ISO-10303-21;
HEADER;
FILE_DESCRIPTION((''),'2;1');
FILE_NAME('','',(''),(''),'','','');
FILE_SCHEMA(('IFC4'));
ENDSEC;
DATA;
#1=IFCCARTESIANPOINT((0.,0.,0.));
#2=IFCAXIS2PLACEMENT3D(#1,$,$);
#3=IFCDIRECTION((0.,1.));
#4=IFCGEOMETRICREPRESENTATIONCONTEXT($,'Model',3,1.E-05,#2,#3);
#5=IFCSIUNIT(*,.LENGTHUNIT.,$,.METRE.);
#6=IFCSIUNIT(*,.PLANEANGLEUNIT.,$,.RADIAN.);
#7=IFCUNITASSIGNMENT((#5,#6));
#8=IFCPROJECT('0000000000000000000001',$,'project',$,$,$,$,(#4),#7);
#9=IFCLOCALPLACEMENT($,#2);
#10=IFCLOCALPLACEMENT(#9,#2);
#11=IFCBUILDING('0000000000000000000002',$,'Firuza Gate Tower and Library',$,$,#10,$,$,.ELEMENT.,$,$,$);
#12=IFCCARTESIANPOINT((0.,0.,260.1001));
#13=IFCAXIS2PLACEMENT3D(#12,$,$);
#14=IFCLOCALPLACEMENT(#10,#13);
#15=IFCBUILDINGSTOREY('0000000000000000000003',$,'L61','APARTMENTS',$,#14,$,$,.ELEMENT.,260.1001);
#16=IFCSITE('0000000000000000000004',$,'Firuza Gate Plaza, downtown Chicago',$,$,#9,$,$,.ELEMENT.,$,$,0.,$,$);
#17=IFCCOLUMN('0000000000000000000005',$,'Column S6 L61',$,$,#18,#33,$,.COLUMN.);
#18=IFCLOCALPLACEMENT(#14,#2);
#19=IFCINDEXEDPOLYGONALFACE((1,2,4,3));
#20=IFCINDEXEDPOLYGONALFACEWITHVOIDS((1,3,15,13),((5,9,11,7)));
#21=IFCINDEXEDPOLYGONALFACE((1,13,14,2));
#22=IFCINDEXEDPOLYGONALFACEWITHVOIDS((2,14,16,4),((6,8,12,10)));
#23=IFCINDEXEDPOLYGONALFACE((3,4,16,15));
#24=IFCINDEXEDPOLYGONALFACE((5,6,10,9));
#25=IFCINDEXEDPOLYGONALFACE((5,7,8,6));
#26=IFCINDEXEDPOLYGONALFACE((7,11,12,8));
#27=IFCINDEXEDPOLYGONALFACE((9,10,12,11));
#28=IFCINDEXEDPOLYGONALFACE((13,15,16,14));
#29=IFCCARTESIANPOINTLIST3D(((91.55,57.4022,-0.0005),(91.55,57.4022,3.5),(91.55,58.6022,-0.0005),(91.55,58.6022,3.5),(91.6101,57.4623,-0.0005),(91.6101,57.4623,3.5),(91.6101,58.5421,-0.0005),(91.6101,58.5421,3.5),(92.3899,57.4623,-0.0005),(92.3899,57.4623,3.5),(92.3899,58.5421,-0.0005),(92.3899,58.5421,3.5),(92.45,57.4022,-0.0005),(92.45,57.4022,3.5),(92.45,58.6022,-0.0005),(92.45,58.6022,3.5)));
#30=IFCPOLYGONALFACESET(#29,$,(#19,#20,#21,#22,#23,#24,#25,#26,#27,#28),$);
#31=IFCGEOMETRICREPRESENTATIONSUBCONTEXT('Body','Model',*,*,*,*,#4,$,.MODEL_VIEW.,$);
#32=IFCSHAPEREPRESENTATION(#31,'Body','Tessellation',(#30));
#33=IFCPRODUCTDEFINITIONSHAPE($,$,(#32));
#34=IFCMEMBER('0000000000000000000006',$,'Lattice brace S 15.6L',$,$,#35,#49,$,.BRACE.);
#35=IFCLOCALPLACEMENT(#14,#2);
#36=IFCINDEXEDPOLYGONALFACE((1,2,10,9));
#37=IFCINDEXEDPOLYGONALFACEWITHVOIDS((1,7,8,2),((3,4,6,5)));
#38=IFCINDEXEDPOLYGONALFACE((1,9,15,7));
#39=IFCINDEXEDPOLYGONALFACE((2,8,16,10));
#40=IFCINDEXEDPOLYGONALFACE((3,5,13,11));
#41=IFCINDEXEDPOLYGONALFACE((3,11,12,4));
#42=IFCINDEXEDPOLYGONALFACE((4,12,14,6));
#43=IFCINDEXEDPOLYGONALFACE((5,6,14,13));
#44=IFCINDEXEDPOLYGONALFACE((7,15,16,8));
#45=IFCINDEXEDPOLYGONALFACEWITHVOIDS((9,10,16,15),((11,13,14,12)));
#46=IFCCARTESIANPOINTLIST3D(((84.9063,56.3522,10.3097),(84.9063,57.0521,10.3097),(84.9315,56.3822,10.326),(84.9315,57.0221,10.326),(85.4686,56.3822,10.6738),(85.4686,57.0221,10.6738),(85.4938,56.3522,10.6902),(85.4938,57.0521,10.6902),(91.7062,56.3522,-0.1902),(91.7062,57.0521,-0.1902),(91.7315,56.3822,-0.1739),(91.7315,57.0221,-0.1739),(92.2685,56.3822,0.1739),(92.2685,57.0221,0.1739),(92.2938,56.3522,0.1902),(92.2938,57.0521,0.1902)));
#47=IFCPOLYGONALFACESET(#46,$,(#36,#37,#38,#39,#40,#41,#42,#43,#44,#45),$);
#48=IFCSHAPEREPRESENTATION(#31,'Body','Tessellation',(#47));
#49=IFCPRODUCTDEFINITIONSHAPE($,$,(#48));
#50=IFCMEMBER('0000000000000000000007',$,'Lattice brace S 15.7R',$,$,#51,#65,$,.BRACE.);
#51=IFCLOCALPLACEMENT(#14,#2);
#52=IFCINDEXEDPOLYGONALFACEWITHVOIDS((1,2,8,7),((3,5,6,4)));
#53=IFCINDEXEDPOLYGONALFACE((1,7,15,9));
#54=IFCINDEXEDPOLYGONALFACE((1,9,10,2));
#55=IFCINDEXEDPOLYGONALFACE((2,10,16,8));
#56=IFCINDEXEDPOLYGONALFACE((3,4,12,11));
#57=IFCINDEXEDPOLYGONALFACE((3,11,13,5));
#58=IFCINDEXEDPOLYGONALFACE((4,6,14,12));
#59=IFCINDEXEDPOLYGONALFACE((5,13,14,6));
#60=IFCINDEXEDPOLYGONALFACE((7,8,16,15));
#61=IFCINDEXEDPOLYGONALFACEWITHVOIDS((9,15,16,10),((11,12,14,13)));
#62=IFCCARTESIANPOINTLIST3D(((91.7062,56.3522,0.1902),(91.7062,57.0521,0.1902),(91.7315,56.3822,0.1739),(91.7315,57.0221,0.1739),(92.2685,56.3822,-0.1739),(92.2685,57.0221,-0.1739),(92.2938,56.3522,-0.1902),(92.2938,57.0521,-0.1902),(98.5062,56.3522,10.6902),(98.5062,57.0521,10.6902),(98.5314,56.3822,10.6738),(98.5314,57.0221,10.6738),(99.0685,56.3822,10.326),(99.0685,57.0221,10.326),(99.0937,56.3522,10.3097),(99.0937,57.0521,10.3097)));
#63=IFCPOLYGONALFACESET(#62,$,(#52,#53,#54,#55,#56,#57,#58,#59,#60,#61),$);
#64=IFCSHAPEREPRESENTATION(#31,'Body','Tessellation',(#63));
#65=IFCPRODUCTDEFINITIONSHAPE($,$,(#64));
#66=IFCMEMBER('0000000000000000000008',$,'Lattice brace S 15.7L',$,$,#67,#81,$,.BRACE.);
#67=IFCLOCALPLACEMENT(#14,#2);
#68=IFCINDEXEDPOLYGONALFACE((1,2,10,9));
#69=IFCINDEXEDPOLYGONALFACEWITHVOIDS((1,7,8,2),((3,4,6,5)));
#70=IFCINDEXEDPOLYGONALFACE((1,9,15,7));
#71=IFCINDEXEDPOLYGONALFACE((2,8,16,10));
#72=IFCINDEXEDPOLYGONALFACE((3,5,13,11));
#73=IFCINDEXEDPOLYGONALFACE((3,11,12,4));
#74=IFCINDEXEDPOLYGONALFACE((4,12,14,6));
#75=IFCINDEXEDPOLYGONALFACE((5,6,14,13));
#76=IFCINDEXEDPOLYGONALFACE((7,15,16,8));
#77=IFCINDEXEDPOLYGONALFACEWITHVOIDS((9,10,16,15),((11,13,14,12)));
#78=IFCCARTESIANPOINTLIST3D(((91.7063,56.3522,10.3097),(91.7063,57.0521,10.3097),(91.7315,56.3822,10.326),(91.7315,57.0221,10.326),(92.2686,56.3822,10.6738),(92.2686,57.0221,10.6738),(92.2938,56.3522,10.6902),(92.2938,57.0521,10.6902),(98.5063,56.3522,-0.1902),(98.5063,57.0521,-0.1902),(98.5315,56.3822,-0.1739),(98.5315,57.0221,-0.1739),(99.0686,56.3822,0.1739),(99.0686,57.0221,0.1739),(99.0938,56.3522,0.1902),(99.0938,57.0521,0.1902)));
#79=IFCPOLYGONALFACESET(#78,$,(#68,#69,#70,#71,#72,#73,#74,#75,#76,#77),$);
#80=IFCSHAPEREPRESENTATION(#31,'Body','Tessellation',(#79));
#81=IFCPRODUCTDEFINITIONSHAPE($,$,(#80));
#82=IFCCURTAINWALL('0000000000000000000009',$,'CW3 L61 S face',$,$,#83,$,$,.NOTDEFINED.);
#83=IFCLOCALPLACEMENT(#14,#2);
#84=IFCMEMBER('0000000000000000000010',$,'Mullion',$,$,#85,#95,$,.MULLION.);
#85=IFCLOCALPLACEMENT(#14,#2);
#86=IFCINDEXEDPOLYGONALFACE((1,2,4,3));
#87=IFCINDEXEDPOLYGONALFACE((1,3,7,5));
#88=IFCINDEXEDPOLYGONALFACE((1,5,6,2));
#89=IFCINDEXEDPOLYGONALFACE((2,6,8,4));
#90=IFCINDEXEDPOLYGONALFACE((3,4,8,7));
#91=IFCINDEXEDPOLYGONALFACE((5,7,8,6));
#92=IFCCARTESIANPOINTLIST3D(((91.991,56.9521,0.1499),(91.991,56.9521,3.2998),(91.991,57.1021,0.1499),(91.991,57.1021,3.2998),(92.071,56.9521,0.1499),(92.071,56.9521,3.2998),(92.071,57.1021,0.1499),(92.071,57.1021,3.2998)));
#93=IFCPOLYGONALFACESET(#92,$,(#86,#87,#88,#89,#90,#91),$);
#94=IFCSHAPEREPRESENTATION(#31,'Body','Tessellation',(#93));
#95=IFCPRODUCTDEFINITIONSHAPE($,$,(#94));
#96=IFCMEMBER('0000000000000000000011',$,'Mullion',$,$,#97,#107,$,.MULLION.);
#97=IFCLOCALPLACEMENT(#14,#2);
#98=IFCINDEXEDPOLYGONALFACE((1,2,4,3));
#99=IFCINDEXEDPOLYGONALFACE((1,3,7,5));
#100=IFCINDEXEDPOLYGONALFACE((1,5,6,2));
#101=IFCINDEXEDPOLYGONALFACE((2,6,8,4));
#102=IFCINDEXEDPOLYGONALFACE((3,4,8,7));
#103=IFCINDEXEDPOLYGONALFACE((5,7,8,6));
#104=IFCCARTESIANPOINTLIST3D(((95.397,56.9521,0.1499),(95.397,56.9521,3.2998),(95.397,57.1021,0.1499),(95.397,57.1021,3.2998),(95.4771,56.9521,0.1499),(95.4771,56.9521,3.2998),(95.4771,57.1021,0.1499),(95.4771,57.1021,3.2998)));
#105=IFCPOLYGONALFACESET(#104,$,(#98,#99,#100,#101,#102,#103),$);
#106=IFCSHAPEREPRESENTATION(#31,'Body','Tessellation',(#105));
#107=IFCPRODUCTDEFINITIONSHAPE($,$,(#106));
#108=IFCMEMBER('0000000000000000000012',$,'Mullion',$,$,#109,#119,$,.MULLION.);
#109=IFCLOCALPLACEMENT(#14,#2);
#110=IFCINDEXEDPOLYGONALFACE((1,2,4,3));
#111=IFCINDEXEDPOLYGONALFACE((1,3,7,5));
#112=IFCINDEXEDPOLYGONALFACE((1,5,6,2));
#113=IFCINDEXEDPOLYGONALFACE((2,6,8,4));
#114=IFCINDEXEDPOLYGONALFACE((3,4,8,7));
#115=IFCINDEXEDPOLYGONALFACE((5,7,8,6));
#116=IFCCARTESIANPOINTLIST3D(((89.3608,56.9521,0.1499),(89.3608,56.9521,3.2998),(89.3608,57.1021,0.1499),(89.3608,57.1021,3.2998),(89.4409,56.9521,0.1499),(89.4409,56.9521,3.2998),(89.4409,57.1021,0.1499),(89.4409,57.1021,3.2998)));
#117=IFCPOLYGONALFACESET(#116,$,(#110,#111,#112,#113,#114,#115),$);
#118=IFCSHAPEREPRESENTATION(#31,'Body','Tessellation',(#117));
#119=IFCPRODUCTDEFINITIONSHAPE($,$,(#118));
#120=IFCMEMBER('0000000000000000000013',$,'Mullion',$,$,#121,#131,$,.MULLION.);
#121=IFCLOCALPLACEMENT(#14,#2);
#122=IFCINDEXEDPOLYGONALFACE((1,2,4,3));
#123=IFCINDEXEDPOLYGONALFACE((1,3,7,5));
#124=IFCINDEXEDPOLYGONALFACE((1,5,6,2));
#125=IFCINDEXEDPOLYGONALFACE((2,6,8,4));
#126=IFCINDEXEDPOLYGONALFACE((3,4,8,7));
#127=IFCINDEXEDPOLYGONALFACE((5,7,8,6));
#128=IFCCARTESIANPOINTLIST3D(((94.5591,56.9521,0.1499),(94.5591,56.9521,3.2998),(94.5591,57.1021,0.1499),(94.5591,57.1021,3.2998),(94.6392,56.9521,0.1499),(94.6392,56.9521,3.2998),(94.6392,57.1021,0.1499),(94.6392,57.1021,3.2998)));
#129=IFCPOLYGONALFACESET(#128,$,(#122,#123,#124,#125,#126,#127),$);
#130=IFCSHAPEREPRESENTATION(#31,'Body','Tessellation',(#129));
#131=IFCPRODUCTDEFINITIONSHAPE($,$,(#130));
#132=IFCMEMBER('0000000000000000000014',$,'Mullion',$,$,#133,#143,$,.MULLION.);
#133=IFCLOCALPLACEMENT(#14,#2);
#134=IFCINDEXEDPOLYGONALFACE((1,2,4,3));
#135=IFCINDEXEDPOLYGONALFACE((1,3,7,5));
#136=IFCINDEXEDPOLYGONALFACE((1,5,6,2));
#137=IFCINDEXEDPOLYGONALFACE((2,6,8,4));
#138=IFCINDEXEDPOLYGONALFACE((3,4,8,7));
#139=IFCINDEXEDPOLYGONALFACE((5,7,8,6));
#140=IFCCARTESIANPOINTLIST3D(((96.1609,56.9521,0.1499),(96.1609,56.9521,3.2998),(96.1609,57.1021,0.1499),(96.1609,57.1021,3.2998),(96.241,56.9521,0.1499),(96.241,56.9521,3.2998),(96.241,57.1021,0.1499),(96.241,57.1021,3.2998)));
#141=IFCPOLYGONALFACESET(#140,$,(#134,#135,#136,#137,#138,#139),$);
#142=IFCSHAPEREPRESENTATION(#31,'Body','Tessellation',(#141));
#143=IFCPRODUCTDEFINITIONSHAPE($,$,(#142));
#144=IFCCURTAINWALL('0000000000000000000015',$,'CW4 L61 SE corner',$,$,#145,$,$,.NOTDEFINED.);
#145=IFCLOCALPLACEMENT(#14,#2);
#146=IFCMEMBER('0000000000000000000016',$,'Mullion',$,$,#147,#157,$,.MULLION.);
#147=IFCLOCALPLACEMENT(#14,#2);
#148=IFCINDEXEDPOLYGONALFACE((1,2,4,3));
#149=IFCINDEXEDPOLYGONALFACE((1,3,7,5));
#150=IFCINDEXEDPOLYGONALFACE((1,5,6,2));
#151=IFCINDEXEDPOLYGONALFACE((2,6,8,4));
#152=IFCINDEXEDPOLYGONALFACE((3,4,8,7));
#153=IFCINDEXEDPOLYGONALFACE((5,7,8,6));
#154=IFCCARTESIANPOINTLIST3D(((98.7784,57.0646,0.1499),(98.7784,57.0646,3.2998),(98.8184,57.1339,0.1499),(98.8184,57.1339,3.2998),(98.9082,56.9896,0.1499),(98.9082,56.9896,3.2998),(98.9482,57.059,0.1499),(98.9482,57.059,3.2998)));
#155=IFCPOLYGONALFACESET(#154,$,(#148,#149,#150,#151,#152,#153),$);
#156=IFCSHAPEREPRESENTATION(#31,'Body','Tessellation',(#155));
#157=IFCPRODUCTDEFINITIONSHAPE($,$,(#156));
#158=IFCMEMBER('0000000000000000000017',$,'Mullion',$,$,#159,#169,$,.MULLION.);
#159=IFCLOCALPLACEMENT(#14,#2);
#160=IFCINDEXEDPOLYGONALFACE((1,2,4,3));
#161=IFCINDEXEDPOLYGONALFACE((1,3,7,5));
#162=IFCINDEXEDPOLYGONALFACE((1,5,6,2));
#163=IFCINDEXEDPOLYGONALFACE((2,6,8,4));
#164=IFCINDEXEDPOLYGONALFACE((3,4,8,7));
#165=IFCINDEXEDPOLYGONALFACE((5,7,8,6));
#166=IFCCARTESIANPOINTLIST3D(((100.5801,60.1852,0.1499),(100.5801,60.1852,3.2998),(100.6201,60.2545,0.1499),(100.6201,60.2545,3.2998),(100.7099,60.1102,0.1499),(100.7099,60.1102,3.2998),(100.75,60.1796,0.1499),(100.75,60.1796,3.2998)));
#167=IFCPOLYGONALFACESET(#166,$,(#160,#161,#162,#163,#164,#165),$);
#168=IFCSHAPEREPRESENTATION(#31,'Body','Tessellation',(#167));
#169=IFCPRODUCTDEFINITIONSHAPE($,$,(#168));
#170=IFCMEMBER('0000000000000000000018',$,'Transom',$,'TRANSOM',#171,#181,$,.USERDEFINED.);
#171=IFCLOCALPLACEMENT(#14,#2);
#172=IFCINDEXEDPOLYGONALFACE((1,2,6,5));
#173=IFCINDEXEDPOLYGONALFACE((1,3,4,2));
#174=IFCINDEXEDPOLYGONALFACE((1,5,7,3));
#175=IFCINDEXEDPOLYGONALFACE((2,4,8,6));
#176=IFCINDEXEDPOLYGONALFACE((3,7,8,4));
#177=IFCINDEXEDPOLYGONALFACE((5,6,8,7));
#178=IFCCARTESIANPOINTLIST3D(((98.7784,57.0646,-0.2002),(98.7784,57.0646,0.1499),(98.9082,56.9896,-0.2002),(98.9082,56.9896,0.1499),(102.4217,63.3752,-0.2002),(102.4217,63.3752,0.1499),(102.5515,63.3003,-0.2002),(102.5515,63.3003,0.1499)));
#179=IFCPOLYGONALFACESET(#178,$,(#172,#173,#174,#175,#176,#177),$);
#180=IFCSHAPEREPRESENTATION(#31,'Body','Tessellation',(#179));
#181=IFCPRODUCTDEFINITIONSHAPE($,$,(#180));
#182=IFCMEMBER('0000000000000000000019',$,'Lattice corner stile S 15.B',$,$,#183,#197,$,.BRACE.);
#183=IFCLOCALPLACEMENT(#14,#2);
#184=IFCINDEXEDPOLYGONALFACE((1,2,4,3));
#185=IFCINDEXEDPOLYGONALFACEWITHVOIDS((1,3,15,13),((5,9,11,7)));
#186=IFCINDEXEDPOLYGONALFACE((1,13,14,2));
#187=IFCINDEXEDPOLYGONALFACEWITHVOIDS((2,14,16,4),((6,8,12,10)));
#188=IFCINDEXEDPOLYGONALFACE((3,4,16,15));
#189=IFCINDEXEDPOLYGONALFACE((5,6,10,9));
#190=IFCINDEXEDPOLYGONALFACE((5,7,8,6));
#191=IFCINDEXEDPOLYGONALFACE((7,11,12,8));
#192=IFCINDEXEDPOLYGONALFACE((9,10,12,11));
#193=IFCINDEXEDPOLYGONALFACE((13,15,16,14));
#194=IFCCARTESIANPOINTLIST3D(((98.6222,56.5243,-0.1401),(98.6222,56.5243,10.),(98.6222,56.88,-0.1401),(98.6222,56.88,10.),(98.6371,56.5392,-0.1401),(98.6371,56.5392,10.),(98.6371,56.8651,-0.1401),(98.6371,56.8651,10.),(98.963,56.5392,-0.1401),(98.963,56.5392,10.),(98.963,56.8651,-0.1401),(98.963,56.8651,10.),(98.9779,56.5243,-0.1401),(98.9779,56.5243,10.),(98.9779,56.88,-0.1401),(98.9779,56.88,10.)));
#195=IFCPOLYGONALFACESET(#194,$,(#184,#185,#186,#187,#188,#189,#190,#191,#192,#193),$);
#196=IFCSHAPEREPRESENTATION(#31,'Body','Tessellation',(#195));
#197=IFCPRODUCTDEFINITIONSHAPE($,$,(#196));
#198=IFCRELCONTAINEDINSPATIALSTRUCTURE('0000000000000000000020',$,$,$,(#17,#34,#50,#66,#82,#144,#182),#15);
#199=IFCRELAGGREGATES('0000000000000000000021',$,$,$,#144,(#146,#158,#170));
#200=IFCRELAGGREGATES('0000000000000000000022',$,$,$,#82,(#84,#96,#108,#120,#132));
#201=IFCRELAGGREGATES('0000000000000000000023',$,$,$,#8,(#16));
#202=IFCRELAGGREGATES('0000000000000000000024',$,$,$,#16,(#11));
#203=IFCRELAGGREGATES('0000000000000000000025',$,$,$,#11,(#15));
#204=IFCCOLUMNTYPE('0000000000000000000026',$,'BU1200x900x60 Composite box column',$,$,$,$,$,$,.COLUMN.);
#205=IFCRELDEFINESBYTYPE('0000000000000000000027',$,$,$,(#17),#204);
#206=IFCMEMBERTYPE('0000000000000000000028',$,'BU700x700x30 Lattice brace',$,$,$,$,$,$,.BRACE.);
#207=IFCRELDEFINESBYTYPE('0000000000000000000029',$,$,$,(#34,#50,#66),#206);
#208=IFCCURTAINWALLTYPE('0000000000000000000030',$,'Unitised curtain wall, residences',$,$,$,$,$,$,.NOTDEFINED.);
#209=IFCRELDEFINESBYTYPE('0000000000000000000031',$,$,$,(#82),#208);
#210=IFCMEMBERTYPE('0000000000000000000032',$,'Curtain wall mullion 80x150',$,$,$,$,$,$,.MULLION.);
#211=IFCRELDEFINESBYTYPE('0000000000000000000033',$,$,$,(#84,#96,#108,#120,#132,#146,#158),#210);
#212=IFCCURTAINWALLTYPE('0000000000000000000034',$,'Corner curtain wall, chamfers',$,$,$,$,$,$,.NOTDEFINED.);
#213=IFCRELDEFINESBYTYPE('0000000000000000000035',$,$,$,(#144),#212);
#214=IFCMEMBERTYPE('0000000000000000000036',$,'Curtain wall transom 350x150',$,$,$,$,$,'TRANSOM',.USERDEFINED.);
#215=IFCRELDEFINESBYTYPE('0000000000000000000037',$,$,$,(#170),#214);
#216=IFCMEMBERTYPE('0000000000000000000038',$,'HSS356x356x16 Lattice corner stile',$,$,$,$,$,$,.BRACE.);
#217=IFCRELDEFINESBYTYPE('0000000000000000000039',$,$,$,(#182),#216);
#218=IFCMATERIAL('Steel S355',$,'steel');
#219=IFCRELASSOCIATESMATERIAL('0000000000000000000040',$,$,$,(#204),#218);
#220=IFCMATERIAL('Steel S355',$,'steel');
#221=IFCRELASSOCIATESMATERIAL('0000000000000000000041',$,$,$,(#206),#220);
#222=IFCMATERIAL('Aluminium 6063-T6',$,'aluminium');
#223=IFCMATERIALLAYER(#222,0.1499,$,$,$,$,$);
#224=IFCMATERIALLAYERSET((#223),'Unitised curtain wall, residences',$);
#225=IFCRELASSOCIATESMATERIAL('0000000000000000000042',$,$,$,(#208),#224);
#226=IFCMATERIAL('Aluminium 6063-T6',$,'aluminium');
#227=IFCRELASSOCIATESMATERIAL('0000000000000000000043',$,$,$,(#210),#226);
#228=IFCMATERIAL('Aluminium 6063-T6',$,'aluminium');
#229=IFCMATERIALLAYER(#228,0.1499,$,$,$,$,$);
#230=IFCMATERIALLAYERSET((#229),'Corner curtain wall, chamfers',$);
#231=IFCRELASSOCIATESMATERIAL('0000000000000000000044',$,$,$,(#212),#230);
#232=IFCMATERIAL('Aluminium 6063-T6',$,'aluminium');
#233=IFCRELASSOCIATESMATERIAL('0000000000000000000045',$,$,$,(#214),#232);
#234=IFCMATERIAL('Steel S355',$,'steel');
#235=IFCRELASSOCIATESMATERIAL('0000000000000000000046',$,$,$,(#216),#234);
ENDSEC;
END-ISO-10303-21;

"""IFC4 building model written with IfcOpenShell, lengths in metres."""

from ifc_helpers import new_model, si_unit, direction, frame, origin, origin_2d, place, context, subcontext, project, spatial, rectangle, hollow_rectangle, extrude, material, layer, layer_set, material_profile, profile_set, type_object, element, aggregate, save


model = new_model("IFC4")

# Units and contexts
model_context = context("Model", 3, precision=1e-05, world=origin(), true_north=direction((0.0, 1.0)))
body_context = subcontext(model_context, "Body", "Model", "MODEL_VIEW")
ifc_project = project(units=[si_unit("LENGTHUNIT", "METRE"), si_unit("PLANEANGLEUNIT", "RADIAN")], contexts=[model_context])

# Site, building, storey
site_placement = place(None, origin())
site = spatial("IfcSite", under=ifc_project, at=site_placement, Name="Firuza Gate Plaza, downtown Chicago", CompositionType="ELEMENT", RefElevation=0.0)
building_placement = place(site_placement, origin())
building = spatial("IfcBuilding", under=site, at=building_placement, Name="Firuza Gate Tower and Library", CompositionType="ELEMENT")
storey_placement = place(building_placement, frame((0.0, 0.0, 260.1001)))
storey = spatial("IfcBuildingStorey", under=building, at=storey_placement, Name="L61", Description="APARTMENTS", CompositionType="ELEMENT", Elevation=260.1001)

# Column
ifc_material_1 = material(Name="Steel S355", Category="steel")
ifc_material_profile_1 = material_profile(ifc_material_1, hollow_rectangle(XDim=0.8999, YDim=1.2, WallThickness=0.0601, at=origin_2d()))
ifc_profile_set_1 = profile_set([ifc_material_profile_1], Name="Steel S355")
column_type = type_object("IfcColumnType", Name="BU1200x900x60 Composite box column", PredefinedType="COLUMN", material=ifc_profile_set_1)
column_placement = place(storey_placement, frame((92.0, 58.0022, -0.0005), z_axis=(0.0, 0.0, 1.0), x_axis=(1.0, 0.0, 0.0)))
element("IfcColumn", 1, at=column_placement, inside=storey, type_object=column_type, Name="Column S6 L61", PredefinedType="COLUMN", context=body_context, shape_type="SweptSolid", body=[
    extrude(hollow_rectangle(XDim=0.8999, YDim=1.2, WallThickness=0.0601, at=origin_2d()), origin(), (0.0, 0.0, 1.0), 3.5005),
])

# Members
ifc_material_2 = material(Name="Steel S355", Category="steel")
ifc_material_profile_2 = material_profile(ifc_material_2, hollow_rectangle(XDim=0.7, YDim=0.7, WallThickness=0.03, at=origin_2d()))
ifc_profile_set_2 = profile_set([ifc_material_profile_2], Name="Steel S355")
member_type_1 = type_object("IfcMemberType", Name="BU700x700x30 Lattice brace", PredefinedType="BRACE", material=ifc_profile_set_2)
for number, where, z_axis, x_axis, name in (
    (2, (92.0, 56.7021, 0.0), (-0.543585, 0.0, 0.839354), (0.0, -1.0, 0.0), "Lattice brace S 15.6L"),
    (3, (92.0, 56.7021, 0.0), (0.543585, 0.0, 0.839354), (0.0, 1.0, 0.0), "Lattice brace S 15.7R"),
    (4, (98.8, 56.7021, 0.0), (-0.543585, 0.0, 0.839354), (0.0, -1.0, 0.0), "Lattice brace S 15.7L"),
):
    element("IfcMember", number, at=place(storey_placement, frame(where, z_axis=z_axis, x_axis=x_axis)), inside=storey, type_object=member_type_1, Name=name, PredefinedType="BRACE", context=body_context, shape_type="SweptSolid", body=[
        extrude(hollow_rectangle(XDim=0.7, YDim=0.7, WallThickness=0.03, at=origin_2d()), origin(), (0.0, 0.0, 1.0), 12.5095),
    ])

# Curtain walls, members
ifc_material_3 = material(Name="Aluminium 6063-T6", Category="aluminium")
ifc_layer_1 = layer(ifc_material_3, 0.1499)
ifc_layer_set_1 = layer_set([ifc_layer_1], Name="Unitised curtain wall, residences")
curtain_wall_type_1 = type_object("IfcCurtainWallType", Name="Unitised curtain wall, residences", PredefinedType="NOTDEFINED", material=ifc_layer_set_1)
placement = place(storey_placement, origin())
curtain_wall_1 = element("IfcCurtainWall", 5, at=placement, inside=storey, type_object=curtain_wall_type_1, Name="CW3 L61 S face", PredefinedType="NOTDEFINED")
ifc_material_4 = material(Name="Aluminium 6063-T6", Category="aluminium")
ifc_material_profile_3 = material_profile(ifc_material_4, rectangle(XDim=0.1499, YDim=0.0801, at=origin_2d()))
ifc_profile_set_3 = profile_set([ifc_material_profile_3], Name="Aluminium 6063-T6")
member_type_2 = type_object("IfcMemberType", Name="Curtain wall mullion 80x150", PredefinedType="MULLION", material=ifc_profile_set_3)
member_1_placement = place(storey_placement, frame((92.031, 57.0271, 0.1499), z_axis=(0.0, 0.0, 1.0), x_axis=(0.0, 1.0, 0.0)))
member_1 = element("IfcMember", 6, at=member_1_placement, type_object=member_type_2, Name="Mullion", PredefinedType="MULLION", context=body_context, shape_type="SweptSolid", body=[
    extrude(rectangle(XDim=0.1499, YDim=0.0801, at=origin_2d()), origin(), (0.0, 0.0, 1.0), 3.1499),
])
member_2_placement = place(storey_placement, frame((95.437, 57.0271, 0.1499), z_axis=(0.0, 0.0, 1.0), x_axis=(0.0, 1.0, 0.0)))
member_2 = element("IfcMember", 7, at=member_2_placement, type_object=member_type_2, Name="Mullion", PredefinedType="MULLION", context=body_context, shape_type="SweptSolid", body=[
    extrude(rectangle(XDim=0.1499, YDim=0.0801, at=origin_2d()), origin(), (0.0, 0.0, 1.0), 3.1499),
])
member_3_placement = place(storey_placement, frame((89.4009, 57.0271, 0.1499), z_axis=(0.0, 0.0, 1.0), x_axis=(0.0, 1.0, 0.0)))
member_3 = element("IfcMember", 8, at=member_3_placement, type_object=member_type_2, Name="Mullion", PredefinedType="MULLION", context=body_context, shape_type="SweptSolid", body=[
    extrude(rectangle(XDim=0.1499, YDim=0.0801, at=origin_2d()), origin(), (0.0, 0.0, 1.0), 3.1499),
])
member_4_placement = place(storey_placement, frame((94.5991, 57.0271, 0.1499), z_axis=(0.0, 0.0, 1.0), x_axis=(0.0, 1.0, 0.0)))
member_4 = element("IfcMember", 9, at=member_4_placement, type_object=member_type_2, Name="Mullion", PredefinedType="MULLION", context=body_context, shape_type="SweptSolid", body=[
    extrude(rectangle(XDim=0.1499, YDim=0.0801, at=origin_2d()), origin(), (0.0, 0.0, 1.0), 3.1499),
])
member_5_placement = place(storey_placement, frame((96.2009, 57.0271, 0.1499), z_axis=(0.0, 0.0, 1.0), x_axis=(0.0, 1.0, 0.0)))
member_5 = element("IfcMember", 10, at=member_5_placement, type_object=member_type_2, Name="Mullion", PredefinedType="MULLION", context=body_context, shape_type="SweptSolid", body=[
    extrude(rectangle(XDim=0.1499, YDim=0.0801, at=origin_2d()), origin(), (0.0, 0.0, 1.0), 3.1499),
])
ifc_material_5 = material(Name="Aluminium 6063-T6", Category="aluminium")
ifc_layer_2 = layer(ifc_material_5, 0.1499)
ifc_layer_set_2 = layer_set([ifc_layer_2], Name="Corner curtain wall, chamfers")
curtain_wall_type_2 = type_object("IfcCurtainWallType", Name="Corner curtain wall, chamfers", PredefinedType="NOTDEFINED", material=ifc_layer_set_2)
curtain_wall_2 = element("IfcCurtainWall", 11, at=placement, inside=storey, type_object=curtain_wall_type_2, Name="CW4 L61 SE corner", PredefinedType="NOTDEFINED")
member_6_placement = place(storey_placement, frame((98.8633, 57.0618, 0.1499), z_axis=(0.0, 0.0, 1.0), x_axis=(-0.866025, 0.5, 0.0)))
member_6 = element("IfcMember", 12, at=member_6_placement, type_object=member_type_2, Name="Mullion", PredefinedType="MULLION", context=body_context, shape_type="SweptSolid", body=[
    extrude(rectangle(XDim=0.1499, YDim=0.0801, at=origin_2d()), origin(), (0.0, 0.0, 1.0), 3.1499),
])
member_7_placement = place(storey_placement, frame((100.665, 60.1824, 0.1499), z_axis=(0.0, 0.0, 1.0), x_axis=(-0.866025, 0.5, 0.0)))
member_7 = element("IfcMember", 13, at=member_7_placement, type_object=member_type_2, Name="Mullion", PredefinedType="MULLION", context=body_context, shape_type="SweptSolid", body=[
    extrude(rectangle(XDim=0.1499, YDim=0.0801, at=origin_2d()), origin(), (0.0, 0.0, 1.0), 3.1499),
])
ifc_material_6 = material(Name="Aluminium 6063-T6", Category="aluminium")
ifc_material_profile_4 = material_profile(ifc_material_6, rectangle(XDim=0.1499, YDim=0.3501, at=origin_2d()))
ifc_profile_set_4 = profile_set([ifc_material_profile_4], Name="Aluminium 6063-T6")
member_type_3 = type_object("IfcMemberType", Name="Curtain wall transom 350x150", ElementType="TRANSOM", PredefinedType="USERDEFINED", material=ifc_profile_set_4)
member_8_placement = place(storey_placement, frame((98.8433, 57.0271, -0.0251), z_axis=(0.499991, 0.86603, 0.0), x_axis=(-0.86603, 0.499991, 0.0)))
member_8 = element("IfcMember", 14, at=member_8_placement, type_object=member_type_3, Name="Transom", ObjectType="TRANSOM", PredefinedType="USERDEFINED", context=body_context, shape_type="SweptSolid", body=[
    extrude(rectangle(XDim=0.1499, YDim=0.3501, at=origin_2d()), origin(), (0.0, 0.0, 1.0), 7.2869),
])

# Member
ifc_material_7 = material(Name="Steel S355", Category="steel")
ifc_material_profile_5 = material_profile(ifc_material_7, hollow_rectangle(XDim=0.3557, YDim=0.3557, WallThickness=0.0149, at=origin_2d()))
ifc_profile_set_5 = profile_set([ifc_material_profile_5], Name="Steel S355")
member_type_4 = type_object("IfcMemberType", Name="HSS356x356x16 Lattice corner stile", PredefinedType="BRACE", material=ifc_profile_set_5)
member_9_placement = place(storey_placement, frame((98.8, 56.7021, -0.1401), z_axis=(0.0, 0.0, 1.0), x_axis=(1.0, 0.0, 0.0)))
element("IfcMember", 15, at=member_9_placement, inside=storey, type_object=member_type_4, Name="Lattice corner stile S 15.B", PredefinedType="BRACE", context=body_context, shape_type="SweptSolid", body=[
    extrude(hollow_rectangle(XDim=0.3557, YDim=0.3557, WallThickness=0.0149, at=origin_2d()), origin(), (0.0, 0.0, 1.0), 10.1401),
])

aggregate(curtain_wall_2, [member_6, member_7, member_8])
aggregate(curtain_wall_1, [member_1, member_2, member_3, member_4, member_5])

save(model, "model.ifc")
